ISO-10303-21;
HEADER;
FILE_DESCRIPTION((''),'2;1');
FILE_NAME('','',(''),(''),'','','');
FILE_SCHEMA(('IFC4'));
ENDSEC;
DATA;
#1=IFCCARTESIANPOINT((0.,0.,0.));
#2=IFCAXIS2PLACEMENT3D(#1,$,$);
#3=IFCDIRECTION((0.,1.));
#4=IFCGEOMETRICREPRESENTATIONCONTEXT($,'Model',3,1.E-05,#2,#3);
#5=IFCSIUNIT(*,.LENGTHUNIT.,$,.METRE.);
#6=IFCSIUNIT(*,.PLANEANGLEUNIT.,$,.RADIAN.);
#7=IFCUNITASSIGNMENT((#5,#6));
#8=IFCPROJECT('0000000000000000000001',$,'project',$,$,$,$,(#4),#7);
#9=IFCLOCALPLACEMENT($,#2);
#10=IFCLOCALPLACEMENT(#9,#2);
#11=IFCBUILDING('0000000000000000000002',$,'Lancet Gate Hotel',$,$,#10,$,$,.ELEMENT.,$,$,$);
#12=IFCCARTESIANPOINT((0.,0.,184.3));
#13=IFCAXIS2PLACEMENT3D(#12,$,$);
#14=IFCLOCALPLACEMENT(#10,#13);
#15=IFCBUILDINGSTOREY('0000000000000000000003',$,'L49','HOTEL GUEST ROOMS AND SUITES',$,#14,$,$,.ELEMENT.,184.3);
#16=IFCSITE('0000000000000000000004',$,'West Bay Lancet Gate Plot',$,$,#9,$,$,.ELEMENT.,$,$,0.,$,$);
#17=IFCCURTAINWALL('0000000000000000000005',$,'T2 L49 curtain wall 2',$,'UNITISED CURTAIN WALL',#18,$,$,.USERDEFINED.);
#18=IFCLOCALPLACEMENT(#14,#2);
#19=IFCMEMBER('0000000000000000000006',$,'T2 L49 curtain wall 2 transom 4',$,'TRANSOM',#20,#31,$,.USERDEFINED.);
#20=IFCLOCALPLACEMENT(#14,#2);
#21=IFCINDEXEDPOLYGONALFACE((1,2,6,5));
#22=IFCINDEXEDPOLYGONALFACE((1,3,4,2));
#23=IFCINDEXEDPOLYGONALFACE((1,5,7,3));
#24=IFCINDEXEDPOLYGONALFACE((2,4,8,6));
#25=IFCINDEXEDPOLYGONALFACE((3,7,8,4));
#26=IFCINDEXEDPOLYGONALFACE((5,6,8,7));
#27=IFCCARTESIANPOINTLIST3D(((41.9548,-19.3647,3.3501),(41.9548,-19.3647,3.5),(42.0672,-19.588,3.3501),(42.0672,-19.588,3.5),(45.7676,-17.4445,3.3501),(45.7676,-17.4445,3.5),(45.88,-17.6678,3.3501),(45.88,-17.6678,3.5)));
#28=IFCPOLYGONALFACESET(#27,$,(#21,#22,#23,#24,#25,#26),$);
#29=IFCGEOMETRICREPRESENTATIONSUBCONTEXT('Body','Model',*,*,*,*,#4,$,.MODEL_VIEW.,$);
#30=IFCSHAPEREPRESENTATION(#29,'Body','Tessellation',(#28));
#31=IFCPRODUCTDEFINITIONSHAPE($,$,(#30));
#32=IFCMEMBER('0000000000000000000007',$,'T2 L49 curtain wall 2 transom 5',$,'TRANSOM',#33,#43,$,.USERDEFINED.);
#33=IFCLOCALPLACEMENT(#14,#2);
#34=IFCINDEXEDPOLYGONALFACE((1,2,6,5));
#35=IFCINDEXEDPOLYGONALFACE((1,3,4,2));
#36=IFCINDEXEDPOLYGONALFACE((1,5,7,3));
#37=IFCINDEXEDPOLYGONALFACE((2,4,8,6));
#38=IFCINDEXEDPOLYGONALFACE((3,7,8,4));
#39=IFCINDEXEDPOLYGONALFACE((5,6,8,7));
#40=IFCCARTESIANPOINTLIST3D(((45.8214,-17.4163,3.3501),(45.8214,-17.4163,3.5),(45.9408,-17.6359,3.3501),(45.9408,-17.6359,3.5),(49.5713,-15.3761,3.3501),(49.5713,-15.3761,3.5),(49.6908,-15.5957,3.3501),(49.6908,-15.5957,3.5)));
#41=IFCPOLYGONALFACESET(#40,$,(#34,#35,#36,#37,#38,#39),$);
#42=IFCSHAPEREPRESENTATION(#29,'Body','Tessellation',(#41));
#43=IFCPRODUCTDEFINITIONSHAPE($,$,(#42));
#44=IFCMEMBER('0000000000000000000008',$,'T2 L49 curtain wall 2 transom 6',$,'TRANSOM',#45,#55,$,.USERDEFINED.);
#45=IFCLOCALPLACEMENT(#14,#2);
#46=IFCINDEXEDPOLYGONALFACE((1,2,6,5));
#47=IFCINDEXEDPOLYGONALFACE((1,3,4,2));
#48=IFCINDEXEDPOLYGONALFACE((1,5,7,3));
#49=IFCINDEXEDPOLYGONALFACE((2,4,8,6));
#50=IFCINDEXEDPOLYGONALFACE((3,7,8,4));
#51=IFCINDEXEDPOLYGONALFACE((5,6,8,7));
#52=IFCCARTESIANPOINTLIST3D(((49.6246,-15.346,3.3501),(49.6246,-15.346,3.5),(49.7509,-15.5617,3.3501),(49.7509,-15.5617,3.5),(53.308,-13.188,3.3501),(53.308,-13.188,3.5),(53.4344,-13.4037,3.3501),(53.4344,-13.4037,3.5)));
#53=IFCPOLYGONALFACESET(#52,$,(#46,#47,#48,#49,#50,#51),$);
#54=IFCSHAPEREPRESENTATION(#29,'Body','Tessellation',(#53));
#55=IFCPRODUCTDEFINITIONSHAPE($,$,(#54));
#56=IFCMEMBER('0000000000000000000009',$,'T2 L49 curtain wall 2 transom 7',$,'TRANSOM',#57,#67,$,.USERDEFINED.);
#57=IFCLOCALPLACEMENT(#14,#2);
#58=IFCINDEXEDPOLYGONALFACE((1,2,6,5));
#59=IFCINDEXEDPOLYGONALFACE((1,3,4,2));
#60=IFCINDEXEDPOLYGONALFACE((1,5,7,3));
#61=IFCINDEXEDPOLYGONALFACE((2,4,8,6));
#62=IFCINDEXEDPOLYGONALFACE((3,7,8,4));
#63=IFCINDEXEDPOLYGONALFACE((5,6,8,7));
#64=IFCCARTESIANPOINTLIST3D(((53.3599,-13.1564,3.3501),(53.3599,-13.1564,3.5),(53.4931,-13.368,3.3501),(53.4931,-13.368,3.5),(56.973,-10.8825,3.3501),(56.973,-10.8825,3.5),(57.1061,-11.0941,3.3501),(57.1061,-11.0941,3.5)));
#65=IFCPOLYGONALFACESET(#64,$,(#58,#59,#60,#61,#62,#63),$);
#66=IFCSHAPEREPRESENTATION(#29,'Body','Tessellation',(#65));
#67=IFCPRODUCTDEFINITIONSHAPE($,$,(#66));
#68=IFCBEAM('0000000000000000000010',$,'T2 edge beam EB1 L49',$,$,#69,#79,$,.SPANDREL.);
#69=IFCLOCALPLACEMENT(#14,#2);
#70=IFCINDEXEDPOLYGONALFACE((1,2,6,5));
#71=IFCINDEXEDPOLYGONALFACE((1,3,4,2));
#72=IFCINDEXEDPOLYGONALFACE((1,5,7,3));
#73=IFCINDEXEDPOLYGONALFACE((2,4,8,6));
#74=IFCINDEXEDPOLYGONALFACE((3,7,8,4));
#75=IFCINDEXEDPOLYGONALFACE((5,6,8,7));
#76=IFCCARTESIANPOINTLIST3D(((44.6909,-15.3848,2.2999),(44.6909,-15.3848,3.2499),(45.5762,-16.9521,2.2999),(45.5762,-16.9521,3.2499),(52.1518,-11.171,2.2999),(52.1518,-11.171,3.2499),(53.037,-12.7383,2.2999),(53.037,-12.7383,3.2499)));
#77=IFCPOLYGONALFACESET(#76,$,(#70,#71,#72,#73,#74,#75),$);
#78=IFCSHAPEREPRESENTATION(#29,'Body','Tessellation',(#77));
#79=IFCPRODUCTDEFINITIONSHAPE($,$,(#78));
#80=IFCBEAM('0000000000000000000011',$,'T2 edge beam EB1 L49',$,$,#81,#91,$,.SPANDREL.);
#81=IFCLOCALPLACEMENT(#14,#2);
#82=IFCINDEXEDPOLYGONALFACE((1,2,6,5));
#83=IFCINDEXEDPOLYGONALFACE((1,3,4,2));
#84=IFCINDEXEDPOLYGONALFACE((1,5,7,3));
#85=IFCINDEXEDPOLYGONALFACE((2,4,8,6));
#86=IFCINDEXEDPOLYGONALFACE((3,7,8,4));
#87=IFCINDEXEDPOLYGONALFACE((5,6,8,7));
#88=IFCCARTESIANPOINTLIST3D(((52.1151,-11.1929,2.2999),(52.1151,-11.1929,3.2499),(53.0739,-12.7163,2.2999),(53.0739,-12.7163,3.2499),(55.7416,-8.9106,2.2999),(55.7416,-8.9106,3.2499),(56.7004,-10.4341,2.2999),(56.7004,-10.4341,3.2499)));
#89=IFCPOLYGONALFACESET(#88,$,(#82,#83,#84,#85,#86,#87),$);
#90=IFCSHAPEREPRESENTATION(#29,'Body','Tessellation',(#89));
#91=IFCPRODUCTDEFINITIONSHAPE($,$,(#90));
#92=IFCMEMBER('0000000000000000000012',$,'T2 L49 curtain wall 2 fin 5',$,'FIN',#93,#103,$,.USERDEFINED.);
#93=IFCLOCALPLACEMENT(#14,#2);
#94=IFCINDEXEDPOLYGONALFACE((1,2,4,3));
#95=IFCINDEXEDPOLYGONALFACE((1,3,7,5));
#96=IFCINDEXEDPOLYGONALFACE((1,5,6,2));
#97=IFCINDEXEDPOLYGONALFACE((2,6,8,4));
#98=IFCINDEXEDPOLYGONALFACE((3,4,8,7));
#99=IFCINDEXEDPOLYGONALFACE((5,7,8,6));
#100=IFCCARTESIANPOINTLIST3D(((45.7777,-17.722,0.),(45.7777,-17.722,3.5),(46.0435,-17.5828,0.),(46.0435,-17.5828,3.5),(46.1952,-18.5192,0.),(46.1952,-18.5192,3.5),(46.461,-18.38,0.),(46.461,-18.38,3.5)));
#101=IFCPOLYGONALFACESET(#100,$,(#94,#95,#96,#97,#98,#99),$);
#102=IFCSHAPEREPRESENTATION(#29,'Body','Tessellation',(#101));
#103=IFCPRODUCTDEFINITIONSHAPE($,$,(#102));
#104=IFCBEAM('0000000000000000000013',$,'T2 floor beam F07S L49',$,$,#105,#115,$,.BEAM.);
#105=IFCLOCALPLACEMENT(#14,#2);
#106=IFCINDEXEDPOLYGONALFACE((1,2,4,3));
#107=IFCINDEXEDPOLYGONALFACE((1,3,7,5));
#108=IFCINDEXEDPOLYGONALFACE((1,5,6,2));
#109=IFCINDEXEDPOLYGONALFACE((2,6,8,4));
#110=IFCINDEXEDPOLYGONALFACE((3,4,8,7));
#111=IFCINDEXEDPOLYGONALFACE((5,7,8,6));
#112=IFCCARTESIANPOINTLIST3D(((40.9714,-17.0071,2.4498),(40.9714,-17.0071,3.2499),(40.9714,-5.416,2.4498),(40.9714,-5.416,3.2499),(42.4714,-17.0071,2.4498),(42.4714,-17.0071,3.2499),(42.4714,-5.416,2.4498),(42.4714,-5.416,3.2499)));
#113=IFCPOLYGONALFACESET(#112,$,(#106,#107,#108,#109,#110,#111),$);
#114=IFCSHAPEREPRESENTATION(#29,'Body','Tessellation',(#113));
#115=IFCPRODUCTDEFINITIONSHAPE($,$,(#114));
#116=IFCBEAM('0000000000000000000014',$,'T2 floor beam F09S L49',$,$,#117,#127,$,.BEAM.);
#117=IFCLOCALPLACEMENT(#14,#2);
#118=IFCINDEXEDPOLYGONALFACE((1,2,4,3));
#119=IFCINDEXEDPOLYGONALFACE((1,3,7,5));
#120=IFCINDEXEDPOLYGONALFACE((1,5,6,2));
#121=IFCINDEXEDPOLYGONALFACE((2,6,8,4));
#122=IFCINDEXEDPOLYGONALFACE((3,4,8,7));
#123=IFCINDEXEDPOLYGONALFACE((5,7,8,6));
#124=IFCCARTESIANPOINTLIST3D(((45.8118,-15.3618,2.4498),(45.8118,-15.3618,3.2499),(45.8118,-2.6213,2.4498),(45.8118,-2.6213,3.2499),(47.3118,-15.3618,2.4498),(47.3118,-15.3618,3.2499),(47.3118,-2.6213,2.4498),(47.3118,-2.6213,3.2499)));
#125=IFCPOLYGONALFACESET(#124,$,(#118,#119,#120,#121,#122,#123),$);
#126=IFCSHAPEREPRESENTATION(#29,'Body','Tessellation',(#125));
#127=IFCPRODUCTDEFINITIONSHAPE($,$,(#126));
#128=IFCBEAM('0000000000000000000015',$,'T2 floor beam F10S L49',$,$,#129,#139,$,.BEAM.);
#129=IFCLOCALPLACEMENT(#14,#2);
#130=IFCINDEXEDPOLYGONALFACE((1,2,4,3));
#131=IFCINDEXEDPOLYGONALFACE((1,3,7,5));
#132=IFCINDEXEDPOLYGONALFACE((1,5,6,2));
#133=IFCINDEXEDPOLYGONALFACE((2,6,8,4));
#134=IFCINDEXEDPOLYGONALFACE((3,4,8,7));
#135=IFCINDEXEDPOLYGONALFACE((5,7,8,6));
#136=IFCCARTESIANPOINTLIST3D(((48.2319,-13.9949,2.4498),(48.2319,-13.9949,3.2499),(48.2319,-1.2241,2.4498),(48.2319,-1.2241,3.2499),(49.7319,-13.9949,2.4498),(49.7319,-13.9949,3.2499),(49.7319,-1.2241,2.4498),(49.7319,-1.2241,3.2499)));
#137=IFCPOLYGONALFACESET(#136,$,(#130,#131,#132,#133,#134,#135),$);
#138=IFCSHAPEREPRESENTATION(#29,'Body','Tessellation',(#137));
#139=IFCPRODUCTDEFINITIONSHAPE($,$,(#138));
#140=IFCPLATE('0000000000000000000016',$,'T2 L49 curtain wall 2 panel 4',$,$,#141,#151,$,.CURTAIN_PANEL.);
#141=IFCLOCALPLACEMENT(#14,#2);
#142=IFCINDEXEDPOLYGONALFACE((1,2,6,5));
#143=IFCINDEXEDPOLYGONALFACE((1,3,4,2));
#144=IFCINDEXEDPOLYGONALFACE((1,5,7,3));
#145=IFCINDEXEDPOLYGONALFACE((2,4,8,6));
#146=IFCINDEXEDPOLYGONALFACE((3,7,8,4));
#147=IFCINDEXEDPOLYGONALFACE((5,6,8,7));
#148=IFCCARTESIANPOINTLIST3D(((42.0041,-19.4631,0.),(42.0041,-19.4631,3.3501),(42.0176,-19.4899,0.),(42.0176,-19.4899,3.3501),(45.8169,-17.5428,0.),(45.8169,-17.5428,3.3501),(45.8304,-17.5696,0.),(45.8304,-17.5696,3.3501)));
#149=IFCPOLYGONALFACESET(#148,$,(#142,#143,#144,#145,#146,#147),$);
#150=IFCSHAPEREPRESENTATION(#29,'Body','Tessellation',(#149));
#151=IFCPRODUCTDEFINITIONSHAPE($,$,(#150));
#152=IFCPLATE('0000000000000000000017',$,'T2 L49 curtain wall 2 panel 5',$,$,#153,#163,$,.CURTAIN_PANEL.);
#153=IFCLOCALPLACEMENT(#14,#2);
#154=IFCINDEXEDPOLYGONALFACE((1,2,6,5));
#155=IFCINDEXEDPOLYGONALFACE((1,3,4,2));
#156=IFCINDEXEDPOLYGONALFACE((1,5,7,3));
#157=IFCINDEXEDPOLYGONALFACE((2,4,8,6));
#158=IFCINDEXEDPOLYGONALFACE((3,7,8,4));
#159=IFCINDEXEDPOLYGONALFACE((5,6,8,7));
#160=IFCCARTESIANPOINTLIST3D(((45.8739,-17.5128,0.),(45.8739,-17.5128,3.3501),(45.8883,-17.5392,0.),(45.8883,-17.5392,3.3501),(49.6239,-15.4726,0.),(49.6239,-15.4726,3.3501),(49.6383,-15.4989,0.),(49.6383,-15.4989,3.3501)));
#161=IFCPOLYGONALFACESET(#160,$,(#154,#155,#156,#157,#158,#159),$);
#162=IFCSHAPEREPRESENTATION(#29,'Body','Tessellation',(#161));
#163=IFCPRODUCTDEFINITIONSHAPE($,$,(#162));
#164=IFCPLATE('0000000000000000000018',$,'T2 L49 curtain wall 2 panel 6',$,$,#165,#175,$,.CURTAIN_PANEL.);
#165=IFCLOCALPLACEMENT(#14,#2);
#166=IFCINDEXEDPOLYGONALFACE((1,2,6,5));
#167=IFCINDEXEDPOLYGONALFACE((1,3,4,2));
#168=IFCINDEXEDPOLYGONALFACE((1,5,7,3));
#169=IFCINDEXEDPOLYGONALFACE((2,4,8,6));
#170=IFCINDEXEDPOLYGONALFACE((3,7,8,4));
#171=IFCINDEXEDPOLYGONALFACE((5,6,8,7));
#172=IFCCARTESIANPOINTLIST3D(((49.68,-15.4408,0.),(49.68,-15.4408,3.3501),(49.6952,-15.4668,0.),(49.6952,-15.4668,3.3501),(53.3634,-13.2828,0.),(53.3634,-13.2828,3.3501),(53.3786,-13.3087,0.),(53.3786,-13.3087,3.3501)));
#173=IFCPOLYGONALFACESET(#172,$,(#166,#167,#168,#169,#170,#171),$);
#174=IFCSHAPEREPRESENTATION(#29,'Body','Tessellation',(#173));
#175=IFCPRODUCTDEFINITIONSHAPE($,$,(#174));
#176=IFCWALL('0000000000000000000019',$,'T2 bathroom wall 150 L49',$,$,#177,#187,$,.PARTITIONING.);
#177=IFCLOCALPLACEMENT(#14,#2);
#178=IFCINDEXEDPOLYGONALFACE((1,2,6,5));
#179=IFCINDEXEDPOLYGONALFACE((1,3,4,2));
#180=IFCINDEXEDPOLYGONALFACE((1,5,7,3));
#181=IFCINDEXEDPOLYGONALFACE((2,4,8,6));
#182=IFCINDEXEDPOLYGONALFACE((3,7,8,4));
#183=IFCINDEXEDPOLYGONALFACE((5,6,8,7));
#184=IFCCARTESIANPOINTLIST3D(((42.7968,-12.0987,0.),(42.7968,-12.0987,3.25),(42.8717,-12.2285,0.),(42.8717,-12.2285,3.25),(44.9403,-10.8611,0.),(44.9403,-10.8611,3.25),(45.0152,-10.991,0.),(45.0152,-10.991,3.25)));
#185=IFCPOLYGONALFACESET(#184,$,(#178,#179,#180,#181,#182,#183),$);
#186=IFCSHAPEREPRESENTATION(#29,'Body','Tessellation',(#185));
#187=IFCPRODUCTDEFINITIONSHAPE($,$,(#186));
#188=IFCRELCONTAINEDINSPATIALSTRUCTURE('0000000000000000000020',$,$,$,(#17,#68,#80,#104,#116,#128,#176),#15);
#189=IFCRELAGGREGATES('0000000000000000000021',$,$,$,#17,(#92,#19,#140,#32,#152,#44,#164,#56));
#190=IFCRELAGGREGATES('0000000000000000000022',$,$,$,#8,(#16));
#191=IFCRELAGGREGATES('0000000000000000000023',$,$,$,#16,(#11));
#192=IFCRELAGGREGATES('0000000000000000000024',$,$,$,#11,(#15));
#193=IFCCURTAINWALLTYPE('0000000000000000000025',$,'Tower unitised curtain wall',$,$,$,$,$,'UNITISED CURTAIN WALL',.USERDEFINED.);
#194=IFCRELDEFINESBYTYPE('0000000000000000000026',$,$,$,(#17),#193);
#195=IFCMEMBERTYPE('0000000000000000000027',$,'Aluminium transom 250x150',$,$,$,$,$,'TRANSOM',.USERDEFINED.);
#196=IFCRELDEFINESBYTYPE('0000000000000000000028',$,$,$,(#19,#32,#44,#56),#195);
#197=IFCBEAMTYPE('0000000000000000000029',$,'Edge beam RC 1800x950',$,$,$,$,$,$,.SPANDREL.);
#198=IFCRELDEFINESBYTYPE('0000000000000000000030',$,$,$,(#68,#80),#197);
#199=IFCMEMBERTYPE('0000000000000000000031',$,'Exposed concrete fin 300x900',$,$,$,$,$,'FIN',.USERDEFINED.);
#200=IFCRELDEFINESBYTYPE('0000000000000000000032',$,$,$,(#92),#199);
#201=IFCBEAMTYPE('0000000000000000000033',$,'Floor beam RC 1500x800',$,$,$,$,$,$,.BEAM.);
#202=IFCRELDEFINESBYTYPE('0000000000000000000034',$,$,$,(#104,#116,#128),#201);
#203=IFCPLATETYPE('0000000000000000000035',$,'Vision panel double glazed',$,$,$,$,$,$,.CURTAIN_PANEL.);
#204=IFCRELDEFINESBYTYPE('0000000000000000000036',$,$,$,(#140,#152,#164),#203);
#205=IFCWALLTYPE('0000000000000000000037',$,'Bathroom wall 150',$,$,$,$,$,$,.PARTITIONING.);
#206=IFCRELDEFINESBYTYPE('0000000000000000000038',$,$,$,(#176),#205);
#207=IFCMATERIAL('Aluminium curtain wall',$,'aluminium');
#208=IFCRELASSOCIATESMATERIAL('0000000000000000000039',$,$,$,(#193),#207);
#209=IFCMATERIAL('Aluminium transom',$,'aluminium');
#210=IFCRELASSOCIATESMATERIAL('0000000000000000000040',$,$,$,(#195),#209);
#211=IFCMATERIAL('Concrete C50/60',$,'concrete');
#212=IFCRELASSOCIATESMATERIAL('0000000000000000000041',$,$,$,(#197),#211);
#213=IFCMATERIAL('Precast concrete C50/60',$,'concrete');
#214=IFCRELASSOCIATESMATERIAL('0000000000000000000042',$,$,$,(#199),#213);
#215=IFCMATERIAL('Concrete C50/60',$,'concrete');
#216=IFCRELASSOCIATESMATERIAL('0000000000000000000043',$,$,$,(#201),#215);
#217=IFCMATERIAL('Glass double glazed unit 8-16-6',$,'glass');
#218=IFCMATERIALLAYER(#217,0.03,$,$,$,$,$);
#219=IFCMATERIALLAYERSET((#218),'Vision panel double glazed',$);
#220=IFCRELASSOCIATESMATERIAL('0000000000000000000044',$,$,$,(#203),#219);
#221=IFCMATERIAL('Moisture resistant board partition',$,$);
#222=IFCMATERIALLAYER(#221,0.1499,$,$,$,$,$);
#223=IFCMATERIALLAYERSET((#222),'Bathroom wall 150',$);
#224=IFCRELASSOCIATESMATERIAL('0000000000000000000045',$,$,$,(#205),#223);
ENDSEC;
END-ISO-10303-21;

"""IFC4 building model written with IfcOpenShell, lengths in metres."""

from ifc_helpers import new_model, si_unit, direction, frame, frame_2d, origin, origin_2d, place, context, subcontext, project, spatial, rectangle, extrude, material, layer, layer_set, material_profile, profile_set, type_object, element, aggregate, save


model = new_model("IFC4")

# Units and contexts
model_context = context("Model", 3, precision=1e-05, world=origin(), true_north=direction((0.0, 1.0)))
body_context = subcontext(model_context, "Body", "Model", "MODEL_VIEW")
ifc_project = project(units=[si_unit("LENGTHUNIT", "METRE"), si_unit("PLANEANGLEUNIT", "RADIAN")], contexts=[model_context])

# Site, building, storey
site_placement = place(None, origin())
site = spatial("IfcSite", under=ifc_project, at=site_placement, Name="West Bay Lancet Gate Plot", CompositionType="ELEMENT", RefElevation=0.0)
building_placement = place(site_placement, origin())
building = spatial("IfcBuilding", under=site, at=building_placement, Name="Lancet Gate Hotel", CompositionType="ELEMENT")
storey_placement = place(building_placement, frame((0.0, 0.0, 184.3)))
storey = spatial("IfcBuildingStorey", under=building, at=storey_placement, Name="L49", Description="HOTEL GUEST ROOMS AND SUITES", CompositionType="ELEMENT", Elevation=184.3)

# Curtain wall, members
ifc_material_1 = material(Name="Aluminium curtain wall", Category="aluminium")
curtain_wall_type = type_object("IfcCurtainWallType", Name="Tower unitised curtain wall", ElementType="UNITISED CURTAIN WALL", PredefinedType="USERDEFINED", material=ifc_material_1)
curtain_wall_placement = place(storey_placement, origin())
curtain_wall = element("IfcCurtainWall", 1, at=curtain_wall_placement, inside=storey, type_object=curtain_wall_type, Name="T2 L49 curtain wall 2", ObjectType="UNITISED CURTAIN WALL", PredefinedType="USERDEFINED")
ifc_material_2 = material(Name="Aluminium transom", Category="aluminium")
ifc_material_profile_1 = material_profile(ifc_material_2, rectangle(XDim=0.25, YDim=0.1499, at=origin_2d()), Name="TRANSOM 250x150")
ifc_profile_set_1 = profile_set([ifc_material_profile_1], Name="Aluminium transom")
member_type_1 = type_object("IfcMemberType", Name="Aluminium transom 250x150", ElementType="TRANSOM", PredefinedType="USERDEFINED", material=ifc_profile_set_1)
member_1_placement = place(storey_placement, frame((42.011, -19.4763, 3.425), z_axis=(0.893131, 0.449797, 0.0), x_axis=(-0.449797, 0.893131, 0.0)))
member_1 = element("IfcMember", 2, at=member_1_placement, type_object=member_type_1, Name="T2 L49 curtain wall 2 transom 4", ObjectType="TRANSOM", PredefinedType="USERDEFINED", context=body_context, shape_type="SweptSolid", body=[
    extrude(rectangle(XDim=0.25, YDim=0.1499, at=origin_2d()), origin(), (0.0, 0.0, 1.0), 4.269),
])
member_2_placement = place(storey_placement, frame((45.8811, -17.5261, 3.425), z_axis=(0.878404, 0.477918, 0.0), x_axis=(-0.477918, 0.878404, 0.0)))
member_2 = element("IfcMember", 3, at=member_2_placement, type_object=member_type_1, Name="T2 L49 curtain wall 2 transom 5", ObjectType="TRANSOM", PredefinedType="USERDEFINED", context=body_context, shape_type="SweptSolid", body=[
    extrude(rectangle(XDim=0.25, YDim=0.1499, at=origin_2d()), origin(), (0.0, 0.0, 1.0), 4.269),
])
member_3_placement = place(storey_placement, frame((49.6877, -15.4539, 3.425), z_axis=(0.862825, 0.505502, 0.0), x_axis=(-0.505502, 0.862825, 0.0)))
member_3 = element("IfcMember", 4, at=member_3_placement, type_object=member_type_1, Name="T2 L49 curtain wall 2 transom 6", ObjectType="TRANSOM", PredefinedType="USERDEFINED", context=body_context, shape_type="SweptSolid", body=[
    extrude(rectangle(XDim=0.25, YDim=0.1499, at=origin_2d()), origin(), (0.0, 0.0, 1.0), 4.269),
])
member_4_placement = place(storey_placement, frame((53.4265, -13.2622, 3.425), z_axis=(0.846333, 0.532654, 0.0), x_axis=(-0.532654, 0.846333, 0.0)))
member_4 = element("IfcMember", 5, at=member_4_placement, type_object=member_type_1, Name="T2 L49 curtain wall 2 transom 7", ObjectType="TRANSOM", PredefinedType="USERDEFINED", context=body_context, shape_type="SweptSolid", body=[
    extrude(rectangle(XDim=0.25, YDim=0.1499, at=origin_2d()), origin(), (0.0, 0.0, 1.0), 4.269),
])

# Beams
ifc_material_3 = material(Name="Concrete C50/60", Category="concrete")
ifc_material_profile_2 = material_profile(ifc_material_3, rectangle(XDim=1.8, YDim=0.95, at=origin_2d()), Name="RC 1800x950")
ifc_profile_set_2 = profile_set([ifc_material_profile_2], Name="Concrete C50/60")
beam_type_1 = type_object("IfcBeamType", Name="Edge beam RC 1800x950", PredefinedType="SPANDREL", material=ifc_profile_set_2)
beam_1_placement = place(storey_placement, frame((45.1335, -16.1685, 2.7749), z_axis=(0.870722, 0.491776, 0.0), x_axis=(-0.491776, 0.870722, 0.0)))
element("IfcBeam", 6, at=beam_1_placement, inside=storey, type_object=beam_type_1, Name="T2 edge beam EB1 L49", PredefinedType="SPANDREL", context=body_context, shape_type="SweptSolid", body=[
    extrude(rectangle(XDim=1.8, YDim=0.95, at=origin_2d()), origin(), (0.0, 0.0, 1.0), 8.5686),
])
beam_2_placement = place(storey_placement, frame((52.5945, -11.9546, 2.7749), z_axis=(0.846349, 0.532629, 0.0), x_axis=(-0.532629, 0.846349, 0.0)))
element("IfcBeam", 7, at=beam_2_placement, inside=storey, type_object=beam_type_1, Name="T2 edge beam EB1 L49", PredefinedType="SPANDREL", context=body_context, shape_type="SweptSolid", body=[
    extrude(rectangle(XDim=1.8, YDim=0.95, at=origin_2d()), origin(), (0.0, 0.0, 1.0), 4.2849),
])

# Member
ifc_material_4 = material(Name="Precast concrete C50/60", Category="concrete")
ifc_material_profile_3 = material_profile(ifc_material_4, rectangle(XDim=0.3, YDim=0.8999, at=origin_2d()), Name="FIN 300x900")
ifc_profile_set_3 = profile_set([ifc_material_profile_3], Name="Precast concrete C50/60")
member_type_2 = type_object("IfcMemberType", Name="Exposed concrete fin 300x900", ElementType="FIN", PredefinedType="USERDEFINED", material=ifc_profile_set_3)
member_5_placement = place(storey_placement, frame((46.1194, -18.051, 0.0), z_axis=(0.0, 0.0, 1.0), x_axis=(0.885877, 0.46392, 0.0)))
member_5 = element("IfcMember", 8, at=member_5_placement, type_object=member_type_2, Name="T2 L49 curtain wall 2 fin 5", ObjectType="FIN", PredefinedType="USERDEFINED", context=body_context, shape_type="SweptSolid", body=[
    extrude(rectangle(XDim=0.3, YDim=0.8999, at=origin_2d()), origin(), (0.0, 0.0, 1.0), 3.5),
])

# Beams
ifc_material_5 = material(Name="Concrete C50/60", Category="concrete")
ifc_material_profile_4 = material_profile(ifc_material_5, rectangle(XDim=1.5, YDim=0.8, at=origin_2d()), Name="RC 1500x800")
ifc_profile_set_4 = profile_set([ifc_material_profile_4], Name="Concrete C50/60")
beam_type_2 = type_object("IfcBeamType", Name="Floor beam RC 1500x800", PredefinedType="BEAM", material=ifc_profile_set_4)
beam_3_placement = place(storey_placement, frame((41.7214, -17.0071, 2.8499), z_axis=(0.0, 1.0, 0.0), x_axis=(-1.0, 0.0, 0.0)))
element("IfcBeam", 9, at=beam_3_placement, inside=storey, type_object=beam_type_2, Name="T2 floor beam F07S L49", PredefinedType="BEAM", context=body_context, shape_type="SweptSolid", body=[
    extrude(rectangle(XDim=1.5, YDim=0.8, at=origin_2d()), origin(), (0.0, 0.0, 1.0), 11.5911),
])
beam_4_placement = place(storey_placement, frame((46.5618, -15.3618, 2.8499), z_axis=(0.0, 1.0, 0.0), x_axis=(-1.0, 0.0, 0.0)))
element("IfcBeam", 10, at=beam_4_placement, inside=storey, type_object=beam_type_2, Name="T2 floor beam F09S L49", PredefinedType="BEAM", context=body_context, shape_type="SweptSolid", body=[
    extrude(rectangle(XDim=1.5, YDim=0.8, at=origin_2d()), origin(), (0.0, 0.0, 1.0), 12.7405),
])
beam_5_placement = place(storey_placement, frame((48.9819, -13.9949, 2.8499), z_axis=(0.0, 1.0, 0.0), x_axis=(-1.0, 0.0, 0.0)))
element("IfcBeam", 11, at=beam_5_placement, inside=storey, type_object=beam_type_2, Name="T2 floor beam F10S L49", PredefinedType="BEAM", context=body_context, shape_type="SweptSolid", body=[
    extrude(rectangle(XDim=1.5, YDim=0.8, at=origin_2d()), origin(), (0.0, 0.0, 1.0), 12.7708),
])

# Plates
ifc_material_6 = material(Name="Glass double glazed unit 8-16-6", Category="glass")
ifc_layer_1 = layer(ifc_material_6, 0.03)
ifc_layer_set_1 = layer_set([ifc_layer_1], Name="Vision panel double glazed")
plate_type = type_object("IfcPlateType", Name="Vision panel double glazed", PredefinedType="CURTAIN_PANEL", material=ifc_layer_set_1)
plate_1_placement = place(storey_placement, frame((43.9172, -18.5164, 0.0), z_axis=(0.0, 0.0, 1.0), x_axis=(0.893121, 0.449816, 0.0)))
plate_1 = element("IfcPlate", 12, at=plate_1_placement, type_object=plate_type, Name="T2 L49 curtain wall 2 panel 4", PredefinedType="CURTAIN_PANEL", context=body_context, shape_type="SweptSolid", body=[
    extrude(rectangle(XDim=4.269, YDim=0.03, at=origin_2d()), origin(), (0.0, 0.0, 1.0), 3.3501),
])
plate_2_placement = place(storey_placement, frame((47.7561, -16.5059, 0.0), z_axis=(0.0, 0.0, 1.0), x_axis=(0.87841, 0.477908, 0.0)))
plate_2 = element("IfcPlate", 13, at=plate_2_placement, type_object=plate_type, Name="T2 L49 curtain wall 2 panel 5", PredefinedType="CURTAIN_PANEL", context=body_context, shape_type="SweptSolid", body=[
    extrude(rectangle(XDim=4.269, YDim=0.03, at=origin_2d()), origin(), (0.0, 0.0, 1.0), 3.3501),
])
plate_3_placement = place(storey_placement, frame((51.5293, -14.3748, 0.0), z_axis=(0.0, 0.0, 1.0), x_axis=(0.862815, 0.50552, 0.0)))
plate_3 = element("IfcPlate", 14, at=plate_3_placement, type_object=plate_type, Name="T2 L49 curtain wall 2 panel 6", PredefinedType="CURTAIN_PANEL", context=body_context, shape_type="SweptSolid", body=[
    extrude(rectangle(XDim=4.269, YDim=0.03, at=origin_2d()), origin(), (0.0, 0.0, 1.0), 3.3501),
])
aggregate(curtain_wall, [member_5, member_1, plate_1, member_2, plate_2, member_3, plate_3, member_4])

# Wall
ifc_material_7 = material(Name="Moisture resistant board partition")
ifc_layer_2 = layer(ifc_material_7, 0.1499)
ifc_layer_set_2 = layer_set([ifc_layer_2], Name="Bathroom wall 150")
wall_type_1 = type_object("IfcWallType", Name="Bathroom wall 150", PredefinedType="PARTITIONING", material=ifc_layer_set_2)
wall_1_placement = place(storey_placement, frame((42.8342, -12.1636, 0.0), z_axis=(0.0, 0.0, 1.0), x_axis=(0.866031, 0.49999, 0.0)))
element("IfcWall", 15, at=wall_1_placement, inside=storey, type_object=wall_type_1, Name="T2 bathroom wall 150 L49", PredefinedType="PARTITIONING", context=body_context, shape_type="SweptSolid", body=[
    extrude(rectangle(XDim=2.4751, YDim=0.1499, at=frame_2d((1.2375, 0.0))), origin(), (0.0, 0.0, 1.0), 3.25),
])

save(model, "model.ifc")
